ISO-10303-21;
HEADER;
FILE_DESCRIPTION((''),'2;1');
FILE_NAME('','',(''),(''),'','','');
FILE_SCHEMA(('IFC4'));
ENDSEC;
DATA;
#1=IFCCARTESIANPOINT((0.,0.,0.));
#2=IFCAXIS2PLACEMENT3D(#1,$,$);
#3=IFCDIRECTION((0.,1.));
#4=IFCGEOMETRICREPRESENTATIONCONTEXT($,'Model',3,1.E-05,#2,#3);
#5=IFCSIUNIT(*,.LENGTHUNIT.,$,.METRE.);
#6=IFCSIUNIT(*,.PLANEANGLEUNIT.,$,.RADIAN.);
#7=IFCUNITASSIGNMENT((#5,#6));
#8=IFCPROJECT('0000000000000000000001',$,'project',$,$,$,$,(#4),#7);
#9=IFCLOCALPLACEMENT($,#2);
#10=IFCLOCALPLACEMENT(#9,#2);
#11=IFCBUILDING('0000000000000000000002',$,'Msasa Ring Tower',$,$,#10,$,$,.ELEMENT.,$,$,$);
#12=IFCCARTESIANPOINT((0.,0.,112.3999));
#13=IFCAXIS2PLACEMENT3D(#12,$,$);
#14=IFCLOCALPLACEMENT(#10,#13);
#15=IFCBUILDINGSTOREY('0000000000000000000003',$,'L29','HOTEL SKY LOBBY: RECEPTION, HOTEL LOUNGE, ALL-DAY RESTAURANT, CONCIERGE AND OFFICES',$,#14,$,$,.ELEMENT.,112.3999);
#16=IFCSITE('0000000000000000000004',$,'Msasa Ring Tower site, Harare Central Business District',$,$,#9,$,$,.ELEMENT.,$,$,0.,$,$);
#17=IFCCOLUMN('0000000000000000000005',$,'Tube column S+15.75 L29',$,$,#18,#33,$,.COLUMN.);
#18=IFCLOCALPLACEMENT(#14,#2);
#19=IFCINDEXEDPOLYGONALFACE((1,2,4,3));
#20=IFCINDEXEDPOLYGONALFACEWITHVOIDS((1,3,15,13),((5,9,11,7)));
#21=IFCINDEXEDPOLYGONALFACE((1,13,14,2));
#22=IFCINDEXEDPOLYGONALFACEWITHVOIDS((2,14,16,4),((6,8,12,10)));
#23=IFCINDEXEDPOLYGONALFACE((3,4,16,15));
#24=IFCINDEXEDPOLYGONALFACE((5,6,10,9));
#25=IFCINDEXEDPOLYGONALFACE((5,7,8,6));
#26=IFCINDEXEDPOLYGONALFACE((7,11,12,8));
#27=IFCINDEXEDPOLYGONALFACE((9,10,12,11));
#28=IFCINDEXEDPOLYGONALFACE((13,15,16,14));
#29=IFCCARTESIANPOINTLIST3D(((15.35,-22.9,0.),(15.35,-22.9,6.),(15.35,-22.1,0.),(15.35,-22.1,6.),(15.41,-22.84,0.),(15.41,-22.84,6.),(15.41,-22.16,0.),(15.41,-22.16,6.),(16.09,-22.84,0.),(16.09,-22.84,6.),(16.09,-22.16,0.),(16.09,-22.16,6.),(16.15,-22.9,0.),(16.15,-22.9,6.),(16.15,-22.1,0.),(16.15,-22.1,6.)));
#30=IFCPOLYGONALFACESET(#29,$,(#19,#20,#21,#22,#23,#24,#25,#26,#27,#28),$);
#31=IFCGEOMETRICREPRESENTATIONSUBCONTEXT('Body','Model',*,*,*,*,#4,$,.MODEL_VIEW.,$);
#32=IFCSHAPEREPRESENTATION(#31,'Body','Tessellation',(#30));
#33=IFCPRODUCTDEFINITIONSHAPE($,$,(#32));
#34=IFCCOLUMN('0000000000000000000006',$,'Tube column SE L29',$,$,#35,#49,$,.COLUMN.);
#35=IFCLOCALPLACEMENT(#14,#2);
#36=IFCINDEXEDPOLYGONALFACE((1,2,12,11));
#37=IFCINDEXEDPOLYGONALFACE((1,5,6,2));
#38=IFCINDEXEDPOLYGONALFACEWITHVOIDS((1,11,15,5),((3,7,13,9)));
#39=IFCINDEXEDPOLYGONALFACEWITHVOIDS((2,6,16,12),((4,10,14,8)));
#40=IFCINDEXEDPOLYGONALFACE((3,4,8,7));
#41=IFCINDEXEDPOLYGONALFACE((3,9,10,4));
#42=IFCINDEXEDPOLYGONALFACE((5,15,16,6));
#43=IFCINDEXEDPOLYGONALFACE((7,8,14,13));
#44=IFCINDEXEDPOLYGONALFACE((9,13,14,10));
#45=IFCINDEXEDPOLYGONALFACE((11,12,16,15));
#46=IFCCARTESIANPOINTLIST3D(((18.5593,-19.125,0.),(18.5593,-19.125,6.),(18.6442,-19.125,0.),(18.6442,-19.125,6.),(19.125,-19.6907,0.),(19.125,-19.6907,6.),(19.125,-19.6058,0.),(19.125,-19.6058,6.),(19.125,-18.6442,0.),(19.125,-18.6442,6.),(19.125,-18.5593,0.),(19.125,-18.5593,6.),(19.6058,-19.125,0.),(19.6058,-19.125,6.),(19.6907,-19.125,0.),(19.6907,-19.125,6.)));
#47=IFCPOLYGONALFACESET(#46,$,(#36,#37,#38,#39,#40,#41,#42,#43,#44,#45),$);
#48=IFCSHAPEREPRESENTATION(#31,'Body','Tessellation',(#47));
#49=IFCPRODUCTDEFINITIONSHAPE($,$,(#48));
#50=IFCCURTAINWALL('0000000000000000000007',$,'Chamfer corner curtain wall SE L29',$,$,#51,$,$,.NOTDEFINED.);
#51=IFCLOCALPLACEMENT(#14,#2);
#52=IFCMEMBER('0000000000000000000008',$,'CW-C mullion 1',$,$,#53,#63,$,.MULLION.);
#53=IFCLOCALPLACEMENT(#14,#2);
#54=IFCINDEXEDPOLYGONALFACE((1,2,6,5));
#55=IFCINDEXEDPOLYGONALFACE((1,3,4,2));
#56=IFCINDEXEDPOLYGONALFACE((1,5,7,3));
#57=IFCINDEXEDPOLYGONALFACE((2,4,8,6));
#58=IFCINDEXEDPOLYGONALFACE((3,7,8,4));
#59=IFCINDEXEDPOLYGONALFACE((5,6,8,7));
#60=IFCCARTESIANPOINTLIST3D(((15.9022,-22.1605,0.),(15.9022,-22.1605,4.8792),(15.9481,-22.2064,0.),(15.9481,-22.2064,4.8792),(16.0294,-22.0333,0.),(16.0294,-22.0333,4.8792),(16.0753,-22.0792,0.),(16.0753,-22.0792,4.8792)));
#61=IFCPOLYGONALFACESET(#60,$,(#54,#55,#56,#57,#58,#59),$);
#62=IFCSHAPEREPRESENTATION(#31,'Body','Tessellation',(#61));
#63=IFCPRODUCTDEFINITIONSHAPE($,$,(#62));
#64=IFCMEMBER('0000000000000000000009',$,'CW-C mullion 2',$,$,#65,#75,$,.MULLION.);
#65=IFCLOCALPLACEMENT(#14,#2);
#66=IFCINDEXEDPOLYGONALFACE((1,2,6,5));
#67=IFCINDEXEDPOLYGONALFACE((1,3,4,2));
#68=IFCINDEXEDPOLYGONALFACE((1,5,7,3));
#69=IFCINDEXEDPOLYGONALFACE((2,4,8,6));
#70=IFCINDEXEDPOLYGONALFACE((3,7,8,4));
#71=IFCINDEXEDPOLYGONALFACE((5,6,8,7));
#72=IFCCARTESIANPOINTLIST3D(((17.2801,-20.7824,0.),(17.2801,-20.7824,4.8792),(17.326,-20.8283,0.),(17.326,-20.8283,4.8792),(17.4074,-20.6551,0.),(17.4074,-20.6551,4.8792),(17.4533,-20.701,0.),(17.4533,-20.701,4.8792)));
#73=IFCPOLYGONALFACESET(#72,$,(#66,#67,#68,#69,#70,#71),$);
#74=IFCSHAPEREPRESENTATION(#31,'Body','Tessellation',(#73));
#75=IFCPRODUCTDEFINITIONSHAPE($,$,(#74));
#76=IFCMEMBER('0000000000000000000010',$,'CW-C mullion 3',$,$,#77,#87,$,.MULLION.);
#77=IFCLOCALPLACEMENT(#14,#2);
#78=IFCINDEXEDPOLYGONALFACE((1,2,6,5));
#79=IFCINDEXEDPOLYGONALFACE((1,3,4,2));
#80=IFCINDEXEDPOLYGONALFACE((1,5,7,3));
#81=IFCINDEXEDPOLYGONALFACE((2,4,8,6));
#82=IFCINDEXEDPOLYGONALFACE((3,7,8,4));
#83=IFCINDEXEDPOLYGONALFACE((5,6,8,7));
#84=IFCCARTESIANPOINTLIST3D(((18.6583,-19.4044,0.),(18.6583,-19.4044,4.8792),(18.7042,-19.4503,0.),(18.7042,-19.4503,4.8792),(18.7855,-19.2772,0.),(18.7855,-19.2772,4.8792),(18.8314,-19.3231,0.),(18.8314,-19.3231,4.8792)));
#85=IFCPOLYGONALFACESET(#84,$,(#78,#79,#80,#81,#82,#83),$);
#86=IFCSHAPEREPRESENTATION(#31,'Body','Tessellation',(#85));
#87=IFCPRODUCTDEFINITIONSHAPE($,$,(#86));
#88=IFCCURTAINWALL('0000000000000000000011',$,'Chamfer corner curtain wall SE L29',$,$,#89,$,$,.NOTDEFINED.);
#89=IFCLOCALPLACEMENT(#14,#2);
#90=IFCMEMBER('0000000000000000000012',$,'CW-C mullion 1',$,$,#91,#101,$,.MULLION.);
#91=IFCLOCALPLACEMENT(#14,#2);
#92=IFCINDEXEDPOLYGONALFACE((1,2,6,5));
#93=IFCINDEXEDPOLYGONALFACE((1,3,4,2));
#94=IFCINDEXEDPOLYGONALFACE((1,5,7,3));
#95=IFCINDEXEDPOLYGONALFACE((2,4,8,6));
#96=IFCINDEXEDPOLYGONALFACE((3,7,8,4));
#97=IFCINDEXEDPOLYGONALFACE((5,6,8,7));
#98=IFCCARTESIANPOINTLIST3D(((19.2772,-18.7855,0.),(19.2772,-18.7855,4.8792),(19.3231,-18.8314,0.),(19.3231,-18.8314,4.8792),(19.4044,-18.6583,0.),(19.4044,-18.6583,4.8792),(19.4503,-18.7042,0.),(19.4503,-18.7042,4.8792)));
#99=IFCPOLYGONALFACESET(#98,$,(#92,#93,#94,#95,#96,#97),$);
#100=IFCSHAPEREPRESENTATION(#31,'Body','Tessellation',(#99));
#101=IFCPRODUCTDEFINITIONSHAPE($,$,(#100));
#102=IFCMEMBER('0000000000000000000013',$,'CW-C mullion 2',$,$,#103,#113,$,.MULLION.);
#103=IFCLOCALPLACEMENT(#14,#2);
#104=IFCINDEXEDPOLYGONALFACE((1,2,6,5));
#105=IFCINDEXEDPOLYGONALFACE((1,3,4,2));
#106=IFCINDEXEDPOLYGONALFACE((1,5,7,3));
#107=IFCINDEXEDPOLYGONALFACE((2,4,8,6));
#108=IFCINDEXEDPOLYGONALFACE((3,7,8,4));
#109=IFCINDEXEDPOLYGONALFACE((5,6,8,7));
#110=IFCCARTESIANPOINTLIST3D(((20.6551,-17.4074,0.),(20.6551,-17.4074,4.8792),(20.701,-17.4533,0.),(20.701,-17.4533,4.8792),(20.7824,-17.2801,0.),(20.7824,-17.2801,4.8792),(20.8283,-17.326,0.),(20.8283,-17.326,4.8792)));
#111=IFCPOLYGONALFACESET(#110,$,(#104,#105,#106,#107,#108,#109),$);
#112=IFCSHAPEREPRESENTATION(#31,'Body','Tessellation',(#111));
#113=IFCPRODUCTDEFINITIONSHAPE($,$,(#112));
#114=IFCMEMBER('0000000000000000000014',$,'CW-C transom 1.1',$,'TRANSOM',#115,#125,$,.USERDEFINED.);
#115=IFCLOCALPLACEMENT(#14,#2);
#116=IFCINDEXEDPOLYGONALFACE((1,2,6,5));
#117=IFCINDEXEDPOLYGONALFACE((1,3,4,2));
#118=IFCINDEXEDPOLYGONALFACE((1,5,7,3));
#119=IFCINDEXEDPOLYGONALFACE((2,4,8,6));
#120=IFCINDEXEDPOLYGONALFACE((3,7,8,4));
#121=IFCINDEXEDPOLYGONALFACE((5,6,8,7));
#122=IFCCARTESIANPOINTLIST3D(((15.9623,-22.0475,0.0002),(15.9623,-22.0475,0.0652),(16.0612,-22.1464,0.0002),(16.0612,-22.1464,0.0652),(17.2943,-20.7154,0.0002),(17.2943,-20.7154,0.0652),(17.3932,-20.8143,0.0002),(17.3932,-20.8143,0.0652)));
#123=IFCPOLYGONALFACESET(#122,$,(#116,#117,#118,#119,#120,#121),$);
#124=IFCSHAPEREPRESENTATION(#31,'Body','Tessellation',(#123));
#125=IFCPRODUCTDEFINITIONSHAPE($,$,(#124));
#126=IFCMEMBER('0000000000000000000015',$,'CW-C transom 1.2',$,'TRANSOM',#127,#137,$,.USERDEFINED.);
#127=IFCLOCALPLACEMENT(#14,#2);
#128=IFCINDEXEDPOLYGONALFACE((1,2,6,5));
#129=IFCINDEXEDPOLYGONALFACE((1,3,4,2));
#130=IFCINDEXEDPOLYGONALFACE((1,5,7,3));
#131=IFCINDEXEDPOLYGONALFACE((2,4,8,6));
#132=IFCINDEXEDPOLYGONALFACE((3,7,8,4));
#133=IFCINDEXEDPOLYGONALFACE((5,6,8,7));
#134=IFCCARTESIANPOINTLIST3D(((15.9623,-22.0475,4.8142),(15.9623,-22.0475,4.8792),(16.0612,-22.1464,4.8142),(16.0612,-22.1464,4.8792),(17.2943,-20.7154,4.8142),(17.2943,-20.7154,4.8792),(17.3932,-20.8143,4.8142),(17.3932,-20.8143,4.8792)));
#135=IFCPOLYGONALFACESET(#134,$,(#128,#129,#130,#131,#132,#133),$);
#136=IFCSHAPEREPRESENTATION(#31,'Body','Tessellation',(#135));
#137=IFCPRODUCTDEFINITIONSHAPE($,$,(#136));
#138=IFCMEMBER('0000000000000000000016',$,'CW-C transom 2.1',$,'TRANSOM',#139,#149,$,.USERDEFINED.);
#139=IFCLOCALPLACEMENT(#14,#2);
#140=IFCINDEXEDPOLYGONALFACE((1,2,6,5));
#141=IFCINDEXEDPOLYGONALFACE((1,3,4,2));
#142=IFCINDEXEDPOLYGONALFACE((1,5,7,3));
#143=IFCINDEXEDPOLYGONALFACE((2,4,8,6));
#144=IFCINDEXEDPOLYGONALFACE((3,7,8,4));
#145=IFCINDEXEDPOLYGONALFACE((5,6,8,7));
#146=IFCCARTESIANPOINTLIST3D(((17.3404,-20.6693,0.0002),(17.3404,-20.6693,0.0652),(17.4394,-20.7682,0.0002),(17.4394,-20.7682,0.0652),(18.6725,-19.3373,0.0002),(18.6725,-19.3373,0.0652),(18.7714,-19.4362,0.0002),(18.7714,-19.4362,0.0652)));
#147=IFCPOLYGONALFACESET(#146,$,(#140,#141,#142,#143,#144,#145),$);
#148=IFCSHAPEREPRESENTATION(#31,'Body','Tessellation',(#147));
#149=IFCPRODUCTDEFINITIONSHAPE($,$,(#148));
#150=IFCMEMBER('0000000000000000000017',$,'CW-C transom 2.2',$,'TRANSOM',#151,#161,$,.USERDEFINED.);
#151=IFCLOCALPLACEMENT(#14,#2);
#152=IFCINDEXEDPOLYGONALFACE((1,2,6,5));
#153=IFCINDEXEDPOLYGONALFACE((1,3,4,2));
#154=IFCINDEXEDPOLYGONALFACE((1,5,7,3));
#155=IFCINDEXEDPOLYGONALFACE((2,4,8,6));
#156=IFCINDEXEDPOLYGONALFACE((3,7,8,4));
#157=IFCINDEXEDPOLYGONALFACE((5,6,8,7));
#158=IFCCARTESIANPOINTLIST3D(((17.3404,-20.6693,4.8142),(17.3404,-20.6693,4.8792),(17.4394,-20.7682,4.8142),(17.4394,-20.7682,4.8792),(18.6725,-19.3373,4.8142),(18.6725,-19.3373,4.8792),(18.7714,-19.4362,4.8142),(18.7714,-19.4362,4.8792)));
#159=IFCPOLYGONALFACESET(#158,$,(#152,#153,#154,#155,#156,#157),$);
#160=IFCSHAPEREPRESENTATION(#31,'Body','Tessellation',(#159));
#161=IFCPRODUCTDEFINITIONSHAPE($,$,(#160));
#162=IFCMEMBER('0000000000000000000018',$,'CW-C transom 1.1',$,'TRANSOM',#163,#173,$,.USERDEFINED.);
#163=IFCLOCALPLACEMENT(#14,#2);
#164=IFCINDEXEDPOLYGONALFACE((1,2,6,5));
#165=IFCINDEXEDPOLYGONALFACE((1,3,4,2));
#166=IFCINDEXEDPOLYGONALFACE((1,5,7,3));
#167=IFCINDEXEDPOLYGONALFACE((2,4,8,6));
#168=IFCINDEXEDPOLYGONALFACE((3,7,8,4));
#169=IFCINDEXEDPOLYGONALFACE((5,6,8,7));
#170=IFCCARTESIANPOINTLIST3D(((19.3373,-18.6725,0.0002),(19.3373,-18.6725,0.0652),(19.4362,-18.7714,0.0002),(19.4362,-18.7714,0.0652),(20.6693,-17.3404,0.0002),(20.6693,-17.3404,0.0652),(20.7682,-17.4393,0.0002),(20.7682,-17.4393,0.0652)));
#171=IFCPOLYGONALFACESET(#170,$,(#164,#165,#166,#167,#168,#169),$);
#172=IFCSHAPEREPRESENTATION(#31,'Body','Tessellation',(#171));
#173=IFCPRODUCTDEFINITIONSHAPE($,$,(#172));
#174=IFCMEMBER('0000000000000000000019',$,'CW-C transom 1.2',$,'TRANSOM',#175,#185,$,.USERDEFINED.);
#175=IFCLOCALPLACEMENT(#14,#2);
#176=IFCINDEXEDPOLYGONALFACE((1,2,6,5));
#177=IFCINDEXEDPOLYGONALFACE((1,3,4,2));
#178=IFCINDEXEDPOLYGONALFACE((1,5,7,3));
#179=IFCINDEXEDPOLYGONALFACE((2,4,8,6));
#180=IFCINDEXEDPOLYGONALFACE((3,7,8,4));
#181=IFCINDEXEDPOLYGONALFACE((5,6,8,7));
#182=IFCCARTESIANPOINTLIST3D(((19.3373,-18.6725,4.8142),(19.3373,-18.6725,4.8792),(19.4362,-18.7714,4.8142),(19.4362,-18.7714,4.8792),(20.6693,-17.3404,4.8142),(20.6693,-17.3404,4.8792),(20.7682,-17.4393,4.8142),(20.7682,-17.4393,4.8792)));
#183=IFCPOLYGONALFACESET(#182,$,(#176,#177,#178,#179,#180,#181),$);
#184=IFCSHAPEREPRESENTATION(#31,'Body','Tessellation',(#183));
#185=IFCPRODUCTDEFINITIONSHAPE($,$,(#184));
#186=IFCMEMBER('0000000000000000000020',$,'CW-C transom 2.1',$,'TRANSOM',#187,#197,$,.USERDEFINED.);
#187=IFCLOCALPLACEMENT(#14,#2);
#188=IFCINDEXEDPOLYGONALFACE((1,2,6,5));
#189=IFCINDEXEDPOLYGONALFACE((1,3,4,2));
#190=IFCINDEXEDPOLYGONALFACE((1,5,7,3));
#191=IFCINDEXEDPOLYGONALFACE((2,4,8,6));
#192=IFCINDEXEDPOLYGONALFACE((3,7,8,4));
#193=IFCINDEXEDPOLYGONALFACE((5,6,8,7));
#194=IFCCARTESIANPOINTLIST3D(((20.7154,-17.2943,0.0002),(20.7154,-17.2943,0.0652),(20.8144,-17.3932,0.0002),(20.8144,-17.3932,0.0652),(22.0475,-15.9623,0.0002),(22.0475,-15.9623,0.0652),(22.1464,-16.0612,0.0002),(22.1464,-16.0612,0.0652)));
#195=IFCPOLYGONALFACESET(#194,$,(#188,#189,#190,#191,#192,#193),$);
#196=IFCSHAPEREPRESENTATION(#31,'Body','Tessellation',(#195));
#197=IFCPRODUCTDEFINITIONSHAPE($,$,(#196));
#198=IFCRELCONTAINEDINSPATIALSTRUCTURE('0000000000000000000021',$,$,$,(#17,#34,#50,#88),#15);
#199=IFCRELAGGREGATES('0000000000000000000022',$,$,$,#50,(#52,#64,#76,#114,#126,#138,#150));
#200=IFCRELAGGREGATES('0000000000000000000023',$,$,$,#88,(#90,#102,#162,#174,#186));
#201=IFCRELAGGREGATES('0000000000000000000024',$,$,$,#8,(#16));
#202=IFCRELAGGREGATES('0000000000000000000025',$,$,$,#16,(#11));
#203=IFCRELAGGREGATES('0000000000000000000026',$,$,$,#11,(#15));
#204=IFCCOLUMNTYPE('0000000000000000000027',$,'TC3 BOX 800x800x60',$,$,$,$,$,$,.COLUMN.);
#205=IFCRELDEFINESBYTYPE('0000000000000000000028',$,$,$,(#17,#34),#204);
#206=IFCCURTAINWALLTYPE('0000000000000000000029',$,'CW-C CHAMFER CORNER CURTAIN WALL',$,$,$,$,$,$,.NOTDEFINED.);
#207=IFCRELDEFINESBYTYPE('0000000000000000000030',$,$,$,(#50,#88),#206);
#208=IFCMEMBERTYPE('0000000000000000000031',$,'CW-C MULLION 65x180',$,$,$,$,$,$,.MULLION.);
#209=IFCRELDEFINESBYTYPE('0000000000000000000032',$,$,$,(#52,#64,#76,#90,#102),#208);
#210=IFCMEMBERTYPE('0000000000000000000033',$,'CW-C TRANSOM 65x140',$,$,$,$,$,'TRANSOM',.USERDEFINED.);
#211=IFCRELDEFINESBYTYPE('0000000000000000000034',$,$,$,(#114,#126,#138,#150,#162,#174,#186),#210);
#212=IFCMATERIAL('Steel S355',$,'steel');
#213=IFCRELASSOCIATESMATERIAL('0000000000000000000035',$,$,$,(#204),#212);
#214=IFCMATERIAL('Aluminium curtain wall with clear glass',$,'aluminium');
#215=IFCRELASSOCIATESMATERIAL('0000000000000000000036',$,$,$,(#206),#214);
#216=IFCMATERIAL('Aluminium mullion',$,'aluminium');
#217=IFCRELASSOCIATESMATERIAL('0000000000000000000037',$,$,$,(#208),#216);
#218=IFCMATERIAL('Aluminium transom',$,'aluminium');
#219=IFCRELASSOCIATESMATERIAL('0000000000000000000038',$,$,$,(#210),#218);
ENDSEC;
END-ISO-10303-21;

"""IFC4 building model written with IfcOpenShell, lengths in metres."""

from ifc_helpers import new_model, si_unit, direction, frame, origin, origin_2d, place, context, subcontext, project, spatial, rectangle, hollow_rectangle, extrude, material, material_profile, profile_set, type_object, element, aggregate, save


model = new_model("IFC4")

# Units and contexts
model_context = context("Model", 3, precision=1e-05, world=origin(), true_north=direction((0.0, 1.0)))
body_context = subcontext(model_context, "Body", "Model", "MODEL_VIEW")
ifc_project = project(units=[si_unit("LENGTHUNIT", "METRE"), si_unit("PLANEANGLEUNIT", "RADIAN")], contexts=[model_context])

# Site, building, storey
site_placement = place(None, origin())
site = spatial("IfcSite", under=ifc_project, at=site_placement, Name="Msasa Ring Tower site, Harare Central Business District", CompositionType="ELEMENT", RefElevation=0.0)
building_placement = place(site_placement, origin())
building = spatial("IfcBuilding", under=site, at=building_placement, Name="Msasa Ring Tower", CompositionType="ELEMENT")
storey_placement = place(building_placement, frame((0.0, 0.0, 112.3999)))
storey = spatial("IfcBuildingStorey", under=building, at=storey_placement, Name="L29", Description="HOTEL SKY LOBBY: RECEPTION, HOTEL LOUNGE, ALL-DAY RESTAURANT, CONCIERGE AND OFFICES", CompositionType="ELEMENT", Elevation=112.3999)

# Columns
ifc_material_1 = material(Name="Steel S355", Category="steel")
ifc_material_profile_1 = material_profile(ifc_material_1, hollow_rectangle(XDim=0.8, YDim=0.8, WallThickness=0.0601, at=origin_2d()), Name="BOX 800x800x60")
ifc_profile_set_1 = profile_set([ifc_material_profile_1], Name="Steel S355")
column_type = type_object("IfcColumnType", Name="TC3 BOX 800x800x60", PredefinedType="COLUMN", material=ifc_profile_set_1)
for number, where, z_axis, x_axis, name in (
    (1, (15.75, -22.5, 0.0), (0.0, 0.0, 1.0), (0.0, 1.0, 0.0), "Tube column S+15.75 L29"),
    (2, (19.125, -19.125, 0.0), (0.0, 0.0, 1.0), (0.707107, -0.707107, 0.0), "Tube column SE L29"),
):
    element("IfcColumn", number, at=place(storey_placement, frame(where, z_axis=z_axis, x_axis=x_axis)), inside=storey, type_object=column_type, Name=name, PredefinedType="COLUMN", context=body_context, shape_type="SweptSolid", body=[
        extrude(hollow_rectangle(XDim=0.8, YDim=0.8, WallThickness=0.0601, at=origin_2d()), origin(), (0.0, 0.0, 1.0), 6.0),
    ])

# Curtain walls, members
ifc_material_2 = material(Name="Aluminium curtain wall with clear glass", Category="aluminium")
curtain_wall_type_1 = type_object("IfcCurtainWallType", Name="CW-C CHAMFER CORNER CURTAIN WALL", PredefinedType="NOTDEFINED", material=ifc_material_2)
curtain_wall_1_placement = place(storey_placement, origin())
curtain_wall_1 = element("IfcCurtainWall", 3, at=curtain_wall_1_placement, inside=storey, type_object=curtain_wall_type_1, Name="Chamfer corner curtain wall SE L29", PredefinedType="NOTDEFINED")
ifc_material_3 = material(Name="Aluminium mullion", Category="aluminium")
ifc_material_profile_2 = material_profile(ifc_material_3, rectangle(XDim=0.0649, YDim=0.1799, at=origin_2d()), Name="AL 65x180")
ifc_profile_set_2 = profile_set([ifc_material_profile_2], Name="Aluminium mullion")
member_type_1 = type_object("IfcMemberType", Name="CW-C MULLION 65x180", PredefinedType="MULLION", material=ifc_profile_set_2)
member_1_placement = place(storey_placement, frame((15.9888, -22.1199, 0.0), z_axis=(0.0, 0.0, 1.0), x_axis=(-0.707107, 0.707107, 0.0)))
member_1 = element("IfcMember", 4, at=member_1_placement, type_object=member_type_1, Name="CW-C mullion 1", PredefinedType="MULLION", context=body_context, shape_type="SweptSolid", body=[
    extrude(rectangle(XDim=0.0649, YDim=0.1799, at=origin_2d()), origin(), (0.0, 0.0, 1.0), 4.8792),
])
member_2_placement = place(storey_placement, frame((17.3667, -20.7417, 0.0), z_axis=(0.0, 0.0, 1.0), x_axis=(-0.707107, 0.707107, 0.0)))
member_2 = element("IfcMember", 5, at=member_2_placement, type_object=member_type_1, Name="CW-C mullion 2", PredefinedType="MULLION", context=body_context, shape_type="SweptSolid", body=[
    extrude(rectangle(XDim=0.0649, YDim=0.1799, at=origin_2d()), origin(), (0.0, 0.0, 1.0), 4.8792),
])
member_3_placement = place(storey_placement, frame((18.7449, -19.3638, 0.0), z_axis=(0.0, 0.0, 1.0), x_axis=(-0.707107, 0.707107, 0.0)))
member_3 = element("IfcMember", 6, at=member_3_placement, type_object=member_type_1, Name="CW-C mullion 3", PredefinedType="MULLION", context=body_context, shape_type="SweptSolid", body=[
    extrude(rectangle(XDim=0.0649, YDim=0.1799, at=origin_2d()), origin(), (0.0, 0.0, 1.0), 4.8792),
])
curtain_wall_2_placement = place(storey_placement, origin())
curtain_wall_2 = element("IfcCurtainWall", 7, at=curtain_wall_2_placement, inside=storey, type_object=curtain_wall_type_1, Name="Chamfer corner curtain wall SE L29", PredefinedType="NOTDEFINED")
member_4_placement = place(storey_placement, frame((19.3638, -18.7449, 0.0), z_axis=(0.0, 0.0, 1.0), x_axis=(-0.707107, 0.707107, 0.0)))
member_4 = element("IfcMember", 8, at=member_4_placement, type_object=member_type_1, Name="CW-C mullion 1", PredefinedType="MULLION", context=body_context, shape_type="SweptSolid", body=[
    extrude(rectangle(XDim=0.0649, YDim=0.1799, at=origin_2d()), origin(), (0.0, 0.0, 1.0), 4.8792),
])
member_5_placement = place(storey_placement, frame((20.7417, -17.3667, 0.0), z_axis=(0.0, 0.0, 1.0), x_axis=(-0.707107, 0.707107, 0.0)))
member_5 = element("IfcMember", 9, at=member_5_placement, type_object=member_type_1, Name="CW-C mullion 2", PredefinedType="MULLION", context=body_context, shape_type="SweptSolid", body=[
    extrude(rectangle(XDim=0.0649, YDim=0.1799, at=origin_2d()), origin(), (0.0, 0.0, 1.0), 4.8792),
])

# Members
ifc_material_4 = material(Name="Aluminium transom", Category="aluminium")
ifc_material_profile_3 = material_profile(ifc_material_4, rectangle(XDim=0.1399, YDim=0.0649, at=origin_2d()), Name="AL 65x140")
ifc_profile_set_3 = profile_set([ifc_material_profile_3], Name="Aluminium transom")
member_type_2 = type_object("IfcMemberType", Name="CW-C TRANSOM 65x140", ElementType="TRANSOM", PredefinedType="USERDEFINED", material=ifc_profile_set_3)
member_6_placement = place(storey_placement, frame((16.0117, -22.0969, 0.0327), z_axis=(0.707107, 0.707107, 0.0), x_axis=(-0.707107, 0.707107, 0.0)))
member_6 = element("IfcMember", 10, at=member_6_placement, type_object=member_type_2, Name="CW-C transom 1.1", ObjectType="TRANSOM", PredefinedType="USERDEFINED", context=body_context, shape_type="SweptSolid", body=[
    extrude(rectangle(XDim=0.1399, YDim=0.0649, at=origin_2d()), origin(), (0.0, 0.0, 1.0), 1.8838),
])
member_7_placement = place(storey_placement, frame((16.0117, -22.0969, 4.8467), z_axis=(0.707107, 0.707107, 0.0), x_axis=(-0.707107, 0.707107, 0.0)))
member_7 = element("IfcMember", 11, at=member_7_placement, type_object=member_type_2, Name="CW-C transom 1.2", ObjectType="TRANSOM", PredefinedType="USERDEFINED", context=body_context, shape_type="SweptSolid", body=[
    extrude(rectangle(XDim=0.1399, YDim=0.0649, at=origin_2d()), origin(), (0.0, 0.0, 1.0), 1.8838),
])
member_8_placement = place(storey_placement, frame((17.3899, -20.7188, 0.0327), z_axis=(0.707107, 0.707107, 0.0), x_axis=(-0.707107, 0.707107, 0.0)))
member_8 = element("IfcMember", 12, at=member_8_placement, type_object=member_type_2, Name="CW-C transom 2.1", ObjectType="TRANSOM", PredefinedType="USERDEFINED", context=body_context, shape_type="SweptSolid", body=[
    extrude(rectangle(XDim=0.1399, YDim=0.0649, at=origin_2d()), origin(), (0.0, 0.0, 1.0), 1.8838),
])
member_9_placement = place(storey_placement, frame((17.3899, -20.7188, 4.8467), z_axis=(0.707107, 0.707107, 0.0), x_axis=(-0.707107, 0.707107, 0.0)))
member_9 = element("IfcMember", 13, at=member_9_placement, type_object=member_type_2, Name="CW-C transom 2.2", ObjectType="TRANSOM", PredefinedType="USERDEFINED", context=body_context, shape_type="SweptSolid", body=[
    extrude(rectangle(XDim=0.1399, YDim=0.0649, at=origin_2d()), origin(), (0.0, 0.0, 1.0), 1.8838),
])
member_10_placement = place(storey_placement, frame((19.3867, -18.7219, 0.0327), z_axis=(0.707107, 0.707107, 0.0), x_axis=(-0.707107, 0.707107, 0.0)))
member_10 = element("IfcMember", 14, at=member_10_placement, type_object=member_type_2, Name="CW-C transom 1.1", ObjectType="TRANSOM", PredefinedType="USERDEFINED", context=body_context, shape_type="SweptSolid", body=[
    extrude(rectangle(XDim=0.1399, YDim=0.0649, at=origin_2d()), origin(), (0.0, 0.0, 1.0), 1.8838),
])
member_11_placement = place(storey_placement, frame((19.3867, -18.7219, 4.8467), z_axis=(0.707107, 0.707107, 0.0), x_axis=(-0.707107, 0.707107, 0.0)))
member_11 = element("IfcMember", 15, at=member_11_placement, type_object=member_type_2, Name="CW-C transom 1.2", ObjectType="TRANSOM", PredefinedType="USERDEFINED", context=body_context, shape_type="SweptSolid", body=[
    extrude(rectangle(XDim=0.1399, YDim=0.0649, at=origin_2d()), origin(), (0.0, 0.0, 1.0), 1.8838),
])
member_12_placement = place(storey_placement, frame((20.7649, -17.3438, 0.0327), z_axis=(0.707107, 0.707107, 0.0), x_axis=(-0.707107, 0.707107, 0.0)))
member_12 = element("IfcMember", 16, at=member_12_placement, type_object=member_type_2, Name="CW-C transom 2.1", ObjectType="TRANSOM", PredefinedType="USERDEFINED", context=body_context, shape_type="SweptSolid", body=[
    extrude(rectangle(XDim=0.1399, YDim=0.0649, at=origin_2d()), origin(), (0.0, 0.0, 1.0), 1.8838),
])

aggregate(curtain_wall_1, [member_1, member_2, member_3, member_6, member_7, member_8, member_9])
aggregate(curtain_wall_2, [member_4, member_5, member_10, member_11, member_12])

save(model, "model.ifc")
